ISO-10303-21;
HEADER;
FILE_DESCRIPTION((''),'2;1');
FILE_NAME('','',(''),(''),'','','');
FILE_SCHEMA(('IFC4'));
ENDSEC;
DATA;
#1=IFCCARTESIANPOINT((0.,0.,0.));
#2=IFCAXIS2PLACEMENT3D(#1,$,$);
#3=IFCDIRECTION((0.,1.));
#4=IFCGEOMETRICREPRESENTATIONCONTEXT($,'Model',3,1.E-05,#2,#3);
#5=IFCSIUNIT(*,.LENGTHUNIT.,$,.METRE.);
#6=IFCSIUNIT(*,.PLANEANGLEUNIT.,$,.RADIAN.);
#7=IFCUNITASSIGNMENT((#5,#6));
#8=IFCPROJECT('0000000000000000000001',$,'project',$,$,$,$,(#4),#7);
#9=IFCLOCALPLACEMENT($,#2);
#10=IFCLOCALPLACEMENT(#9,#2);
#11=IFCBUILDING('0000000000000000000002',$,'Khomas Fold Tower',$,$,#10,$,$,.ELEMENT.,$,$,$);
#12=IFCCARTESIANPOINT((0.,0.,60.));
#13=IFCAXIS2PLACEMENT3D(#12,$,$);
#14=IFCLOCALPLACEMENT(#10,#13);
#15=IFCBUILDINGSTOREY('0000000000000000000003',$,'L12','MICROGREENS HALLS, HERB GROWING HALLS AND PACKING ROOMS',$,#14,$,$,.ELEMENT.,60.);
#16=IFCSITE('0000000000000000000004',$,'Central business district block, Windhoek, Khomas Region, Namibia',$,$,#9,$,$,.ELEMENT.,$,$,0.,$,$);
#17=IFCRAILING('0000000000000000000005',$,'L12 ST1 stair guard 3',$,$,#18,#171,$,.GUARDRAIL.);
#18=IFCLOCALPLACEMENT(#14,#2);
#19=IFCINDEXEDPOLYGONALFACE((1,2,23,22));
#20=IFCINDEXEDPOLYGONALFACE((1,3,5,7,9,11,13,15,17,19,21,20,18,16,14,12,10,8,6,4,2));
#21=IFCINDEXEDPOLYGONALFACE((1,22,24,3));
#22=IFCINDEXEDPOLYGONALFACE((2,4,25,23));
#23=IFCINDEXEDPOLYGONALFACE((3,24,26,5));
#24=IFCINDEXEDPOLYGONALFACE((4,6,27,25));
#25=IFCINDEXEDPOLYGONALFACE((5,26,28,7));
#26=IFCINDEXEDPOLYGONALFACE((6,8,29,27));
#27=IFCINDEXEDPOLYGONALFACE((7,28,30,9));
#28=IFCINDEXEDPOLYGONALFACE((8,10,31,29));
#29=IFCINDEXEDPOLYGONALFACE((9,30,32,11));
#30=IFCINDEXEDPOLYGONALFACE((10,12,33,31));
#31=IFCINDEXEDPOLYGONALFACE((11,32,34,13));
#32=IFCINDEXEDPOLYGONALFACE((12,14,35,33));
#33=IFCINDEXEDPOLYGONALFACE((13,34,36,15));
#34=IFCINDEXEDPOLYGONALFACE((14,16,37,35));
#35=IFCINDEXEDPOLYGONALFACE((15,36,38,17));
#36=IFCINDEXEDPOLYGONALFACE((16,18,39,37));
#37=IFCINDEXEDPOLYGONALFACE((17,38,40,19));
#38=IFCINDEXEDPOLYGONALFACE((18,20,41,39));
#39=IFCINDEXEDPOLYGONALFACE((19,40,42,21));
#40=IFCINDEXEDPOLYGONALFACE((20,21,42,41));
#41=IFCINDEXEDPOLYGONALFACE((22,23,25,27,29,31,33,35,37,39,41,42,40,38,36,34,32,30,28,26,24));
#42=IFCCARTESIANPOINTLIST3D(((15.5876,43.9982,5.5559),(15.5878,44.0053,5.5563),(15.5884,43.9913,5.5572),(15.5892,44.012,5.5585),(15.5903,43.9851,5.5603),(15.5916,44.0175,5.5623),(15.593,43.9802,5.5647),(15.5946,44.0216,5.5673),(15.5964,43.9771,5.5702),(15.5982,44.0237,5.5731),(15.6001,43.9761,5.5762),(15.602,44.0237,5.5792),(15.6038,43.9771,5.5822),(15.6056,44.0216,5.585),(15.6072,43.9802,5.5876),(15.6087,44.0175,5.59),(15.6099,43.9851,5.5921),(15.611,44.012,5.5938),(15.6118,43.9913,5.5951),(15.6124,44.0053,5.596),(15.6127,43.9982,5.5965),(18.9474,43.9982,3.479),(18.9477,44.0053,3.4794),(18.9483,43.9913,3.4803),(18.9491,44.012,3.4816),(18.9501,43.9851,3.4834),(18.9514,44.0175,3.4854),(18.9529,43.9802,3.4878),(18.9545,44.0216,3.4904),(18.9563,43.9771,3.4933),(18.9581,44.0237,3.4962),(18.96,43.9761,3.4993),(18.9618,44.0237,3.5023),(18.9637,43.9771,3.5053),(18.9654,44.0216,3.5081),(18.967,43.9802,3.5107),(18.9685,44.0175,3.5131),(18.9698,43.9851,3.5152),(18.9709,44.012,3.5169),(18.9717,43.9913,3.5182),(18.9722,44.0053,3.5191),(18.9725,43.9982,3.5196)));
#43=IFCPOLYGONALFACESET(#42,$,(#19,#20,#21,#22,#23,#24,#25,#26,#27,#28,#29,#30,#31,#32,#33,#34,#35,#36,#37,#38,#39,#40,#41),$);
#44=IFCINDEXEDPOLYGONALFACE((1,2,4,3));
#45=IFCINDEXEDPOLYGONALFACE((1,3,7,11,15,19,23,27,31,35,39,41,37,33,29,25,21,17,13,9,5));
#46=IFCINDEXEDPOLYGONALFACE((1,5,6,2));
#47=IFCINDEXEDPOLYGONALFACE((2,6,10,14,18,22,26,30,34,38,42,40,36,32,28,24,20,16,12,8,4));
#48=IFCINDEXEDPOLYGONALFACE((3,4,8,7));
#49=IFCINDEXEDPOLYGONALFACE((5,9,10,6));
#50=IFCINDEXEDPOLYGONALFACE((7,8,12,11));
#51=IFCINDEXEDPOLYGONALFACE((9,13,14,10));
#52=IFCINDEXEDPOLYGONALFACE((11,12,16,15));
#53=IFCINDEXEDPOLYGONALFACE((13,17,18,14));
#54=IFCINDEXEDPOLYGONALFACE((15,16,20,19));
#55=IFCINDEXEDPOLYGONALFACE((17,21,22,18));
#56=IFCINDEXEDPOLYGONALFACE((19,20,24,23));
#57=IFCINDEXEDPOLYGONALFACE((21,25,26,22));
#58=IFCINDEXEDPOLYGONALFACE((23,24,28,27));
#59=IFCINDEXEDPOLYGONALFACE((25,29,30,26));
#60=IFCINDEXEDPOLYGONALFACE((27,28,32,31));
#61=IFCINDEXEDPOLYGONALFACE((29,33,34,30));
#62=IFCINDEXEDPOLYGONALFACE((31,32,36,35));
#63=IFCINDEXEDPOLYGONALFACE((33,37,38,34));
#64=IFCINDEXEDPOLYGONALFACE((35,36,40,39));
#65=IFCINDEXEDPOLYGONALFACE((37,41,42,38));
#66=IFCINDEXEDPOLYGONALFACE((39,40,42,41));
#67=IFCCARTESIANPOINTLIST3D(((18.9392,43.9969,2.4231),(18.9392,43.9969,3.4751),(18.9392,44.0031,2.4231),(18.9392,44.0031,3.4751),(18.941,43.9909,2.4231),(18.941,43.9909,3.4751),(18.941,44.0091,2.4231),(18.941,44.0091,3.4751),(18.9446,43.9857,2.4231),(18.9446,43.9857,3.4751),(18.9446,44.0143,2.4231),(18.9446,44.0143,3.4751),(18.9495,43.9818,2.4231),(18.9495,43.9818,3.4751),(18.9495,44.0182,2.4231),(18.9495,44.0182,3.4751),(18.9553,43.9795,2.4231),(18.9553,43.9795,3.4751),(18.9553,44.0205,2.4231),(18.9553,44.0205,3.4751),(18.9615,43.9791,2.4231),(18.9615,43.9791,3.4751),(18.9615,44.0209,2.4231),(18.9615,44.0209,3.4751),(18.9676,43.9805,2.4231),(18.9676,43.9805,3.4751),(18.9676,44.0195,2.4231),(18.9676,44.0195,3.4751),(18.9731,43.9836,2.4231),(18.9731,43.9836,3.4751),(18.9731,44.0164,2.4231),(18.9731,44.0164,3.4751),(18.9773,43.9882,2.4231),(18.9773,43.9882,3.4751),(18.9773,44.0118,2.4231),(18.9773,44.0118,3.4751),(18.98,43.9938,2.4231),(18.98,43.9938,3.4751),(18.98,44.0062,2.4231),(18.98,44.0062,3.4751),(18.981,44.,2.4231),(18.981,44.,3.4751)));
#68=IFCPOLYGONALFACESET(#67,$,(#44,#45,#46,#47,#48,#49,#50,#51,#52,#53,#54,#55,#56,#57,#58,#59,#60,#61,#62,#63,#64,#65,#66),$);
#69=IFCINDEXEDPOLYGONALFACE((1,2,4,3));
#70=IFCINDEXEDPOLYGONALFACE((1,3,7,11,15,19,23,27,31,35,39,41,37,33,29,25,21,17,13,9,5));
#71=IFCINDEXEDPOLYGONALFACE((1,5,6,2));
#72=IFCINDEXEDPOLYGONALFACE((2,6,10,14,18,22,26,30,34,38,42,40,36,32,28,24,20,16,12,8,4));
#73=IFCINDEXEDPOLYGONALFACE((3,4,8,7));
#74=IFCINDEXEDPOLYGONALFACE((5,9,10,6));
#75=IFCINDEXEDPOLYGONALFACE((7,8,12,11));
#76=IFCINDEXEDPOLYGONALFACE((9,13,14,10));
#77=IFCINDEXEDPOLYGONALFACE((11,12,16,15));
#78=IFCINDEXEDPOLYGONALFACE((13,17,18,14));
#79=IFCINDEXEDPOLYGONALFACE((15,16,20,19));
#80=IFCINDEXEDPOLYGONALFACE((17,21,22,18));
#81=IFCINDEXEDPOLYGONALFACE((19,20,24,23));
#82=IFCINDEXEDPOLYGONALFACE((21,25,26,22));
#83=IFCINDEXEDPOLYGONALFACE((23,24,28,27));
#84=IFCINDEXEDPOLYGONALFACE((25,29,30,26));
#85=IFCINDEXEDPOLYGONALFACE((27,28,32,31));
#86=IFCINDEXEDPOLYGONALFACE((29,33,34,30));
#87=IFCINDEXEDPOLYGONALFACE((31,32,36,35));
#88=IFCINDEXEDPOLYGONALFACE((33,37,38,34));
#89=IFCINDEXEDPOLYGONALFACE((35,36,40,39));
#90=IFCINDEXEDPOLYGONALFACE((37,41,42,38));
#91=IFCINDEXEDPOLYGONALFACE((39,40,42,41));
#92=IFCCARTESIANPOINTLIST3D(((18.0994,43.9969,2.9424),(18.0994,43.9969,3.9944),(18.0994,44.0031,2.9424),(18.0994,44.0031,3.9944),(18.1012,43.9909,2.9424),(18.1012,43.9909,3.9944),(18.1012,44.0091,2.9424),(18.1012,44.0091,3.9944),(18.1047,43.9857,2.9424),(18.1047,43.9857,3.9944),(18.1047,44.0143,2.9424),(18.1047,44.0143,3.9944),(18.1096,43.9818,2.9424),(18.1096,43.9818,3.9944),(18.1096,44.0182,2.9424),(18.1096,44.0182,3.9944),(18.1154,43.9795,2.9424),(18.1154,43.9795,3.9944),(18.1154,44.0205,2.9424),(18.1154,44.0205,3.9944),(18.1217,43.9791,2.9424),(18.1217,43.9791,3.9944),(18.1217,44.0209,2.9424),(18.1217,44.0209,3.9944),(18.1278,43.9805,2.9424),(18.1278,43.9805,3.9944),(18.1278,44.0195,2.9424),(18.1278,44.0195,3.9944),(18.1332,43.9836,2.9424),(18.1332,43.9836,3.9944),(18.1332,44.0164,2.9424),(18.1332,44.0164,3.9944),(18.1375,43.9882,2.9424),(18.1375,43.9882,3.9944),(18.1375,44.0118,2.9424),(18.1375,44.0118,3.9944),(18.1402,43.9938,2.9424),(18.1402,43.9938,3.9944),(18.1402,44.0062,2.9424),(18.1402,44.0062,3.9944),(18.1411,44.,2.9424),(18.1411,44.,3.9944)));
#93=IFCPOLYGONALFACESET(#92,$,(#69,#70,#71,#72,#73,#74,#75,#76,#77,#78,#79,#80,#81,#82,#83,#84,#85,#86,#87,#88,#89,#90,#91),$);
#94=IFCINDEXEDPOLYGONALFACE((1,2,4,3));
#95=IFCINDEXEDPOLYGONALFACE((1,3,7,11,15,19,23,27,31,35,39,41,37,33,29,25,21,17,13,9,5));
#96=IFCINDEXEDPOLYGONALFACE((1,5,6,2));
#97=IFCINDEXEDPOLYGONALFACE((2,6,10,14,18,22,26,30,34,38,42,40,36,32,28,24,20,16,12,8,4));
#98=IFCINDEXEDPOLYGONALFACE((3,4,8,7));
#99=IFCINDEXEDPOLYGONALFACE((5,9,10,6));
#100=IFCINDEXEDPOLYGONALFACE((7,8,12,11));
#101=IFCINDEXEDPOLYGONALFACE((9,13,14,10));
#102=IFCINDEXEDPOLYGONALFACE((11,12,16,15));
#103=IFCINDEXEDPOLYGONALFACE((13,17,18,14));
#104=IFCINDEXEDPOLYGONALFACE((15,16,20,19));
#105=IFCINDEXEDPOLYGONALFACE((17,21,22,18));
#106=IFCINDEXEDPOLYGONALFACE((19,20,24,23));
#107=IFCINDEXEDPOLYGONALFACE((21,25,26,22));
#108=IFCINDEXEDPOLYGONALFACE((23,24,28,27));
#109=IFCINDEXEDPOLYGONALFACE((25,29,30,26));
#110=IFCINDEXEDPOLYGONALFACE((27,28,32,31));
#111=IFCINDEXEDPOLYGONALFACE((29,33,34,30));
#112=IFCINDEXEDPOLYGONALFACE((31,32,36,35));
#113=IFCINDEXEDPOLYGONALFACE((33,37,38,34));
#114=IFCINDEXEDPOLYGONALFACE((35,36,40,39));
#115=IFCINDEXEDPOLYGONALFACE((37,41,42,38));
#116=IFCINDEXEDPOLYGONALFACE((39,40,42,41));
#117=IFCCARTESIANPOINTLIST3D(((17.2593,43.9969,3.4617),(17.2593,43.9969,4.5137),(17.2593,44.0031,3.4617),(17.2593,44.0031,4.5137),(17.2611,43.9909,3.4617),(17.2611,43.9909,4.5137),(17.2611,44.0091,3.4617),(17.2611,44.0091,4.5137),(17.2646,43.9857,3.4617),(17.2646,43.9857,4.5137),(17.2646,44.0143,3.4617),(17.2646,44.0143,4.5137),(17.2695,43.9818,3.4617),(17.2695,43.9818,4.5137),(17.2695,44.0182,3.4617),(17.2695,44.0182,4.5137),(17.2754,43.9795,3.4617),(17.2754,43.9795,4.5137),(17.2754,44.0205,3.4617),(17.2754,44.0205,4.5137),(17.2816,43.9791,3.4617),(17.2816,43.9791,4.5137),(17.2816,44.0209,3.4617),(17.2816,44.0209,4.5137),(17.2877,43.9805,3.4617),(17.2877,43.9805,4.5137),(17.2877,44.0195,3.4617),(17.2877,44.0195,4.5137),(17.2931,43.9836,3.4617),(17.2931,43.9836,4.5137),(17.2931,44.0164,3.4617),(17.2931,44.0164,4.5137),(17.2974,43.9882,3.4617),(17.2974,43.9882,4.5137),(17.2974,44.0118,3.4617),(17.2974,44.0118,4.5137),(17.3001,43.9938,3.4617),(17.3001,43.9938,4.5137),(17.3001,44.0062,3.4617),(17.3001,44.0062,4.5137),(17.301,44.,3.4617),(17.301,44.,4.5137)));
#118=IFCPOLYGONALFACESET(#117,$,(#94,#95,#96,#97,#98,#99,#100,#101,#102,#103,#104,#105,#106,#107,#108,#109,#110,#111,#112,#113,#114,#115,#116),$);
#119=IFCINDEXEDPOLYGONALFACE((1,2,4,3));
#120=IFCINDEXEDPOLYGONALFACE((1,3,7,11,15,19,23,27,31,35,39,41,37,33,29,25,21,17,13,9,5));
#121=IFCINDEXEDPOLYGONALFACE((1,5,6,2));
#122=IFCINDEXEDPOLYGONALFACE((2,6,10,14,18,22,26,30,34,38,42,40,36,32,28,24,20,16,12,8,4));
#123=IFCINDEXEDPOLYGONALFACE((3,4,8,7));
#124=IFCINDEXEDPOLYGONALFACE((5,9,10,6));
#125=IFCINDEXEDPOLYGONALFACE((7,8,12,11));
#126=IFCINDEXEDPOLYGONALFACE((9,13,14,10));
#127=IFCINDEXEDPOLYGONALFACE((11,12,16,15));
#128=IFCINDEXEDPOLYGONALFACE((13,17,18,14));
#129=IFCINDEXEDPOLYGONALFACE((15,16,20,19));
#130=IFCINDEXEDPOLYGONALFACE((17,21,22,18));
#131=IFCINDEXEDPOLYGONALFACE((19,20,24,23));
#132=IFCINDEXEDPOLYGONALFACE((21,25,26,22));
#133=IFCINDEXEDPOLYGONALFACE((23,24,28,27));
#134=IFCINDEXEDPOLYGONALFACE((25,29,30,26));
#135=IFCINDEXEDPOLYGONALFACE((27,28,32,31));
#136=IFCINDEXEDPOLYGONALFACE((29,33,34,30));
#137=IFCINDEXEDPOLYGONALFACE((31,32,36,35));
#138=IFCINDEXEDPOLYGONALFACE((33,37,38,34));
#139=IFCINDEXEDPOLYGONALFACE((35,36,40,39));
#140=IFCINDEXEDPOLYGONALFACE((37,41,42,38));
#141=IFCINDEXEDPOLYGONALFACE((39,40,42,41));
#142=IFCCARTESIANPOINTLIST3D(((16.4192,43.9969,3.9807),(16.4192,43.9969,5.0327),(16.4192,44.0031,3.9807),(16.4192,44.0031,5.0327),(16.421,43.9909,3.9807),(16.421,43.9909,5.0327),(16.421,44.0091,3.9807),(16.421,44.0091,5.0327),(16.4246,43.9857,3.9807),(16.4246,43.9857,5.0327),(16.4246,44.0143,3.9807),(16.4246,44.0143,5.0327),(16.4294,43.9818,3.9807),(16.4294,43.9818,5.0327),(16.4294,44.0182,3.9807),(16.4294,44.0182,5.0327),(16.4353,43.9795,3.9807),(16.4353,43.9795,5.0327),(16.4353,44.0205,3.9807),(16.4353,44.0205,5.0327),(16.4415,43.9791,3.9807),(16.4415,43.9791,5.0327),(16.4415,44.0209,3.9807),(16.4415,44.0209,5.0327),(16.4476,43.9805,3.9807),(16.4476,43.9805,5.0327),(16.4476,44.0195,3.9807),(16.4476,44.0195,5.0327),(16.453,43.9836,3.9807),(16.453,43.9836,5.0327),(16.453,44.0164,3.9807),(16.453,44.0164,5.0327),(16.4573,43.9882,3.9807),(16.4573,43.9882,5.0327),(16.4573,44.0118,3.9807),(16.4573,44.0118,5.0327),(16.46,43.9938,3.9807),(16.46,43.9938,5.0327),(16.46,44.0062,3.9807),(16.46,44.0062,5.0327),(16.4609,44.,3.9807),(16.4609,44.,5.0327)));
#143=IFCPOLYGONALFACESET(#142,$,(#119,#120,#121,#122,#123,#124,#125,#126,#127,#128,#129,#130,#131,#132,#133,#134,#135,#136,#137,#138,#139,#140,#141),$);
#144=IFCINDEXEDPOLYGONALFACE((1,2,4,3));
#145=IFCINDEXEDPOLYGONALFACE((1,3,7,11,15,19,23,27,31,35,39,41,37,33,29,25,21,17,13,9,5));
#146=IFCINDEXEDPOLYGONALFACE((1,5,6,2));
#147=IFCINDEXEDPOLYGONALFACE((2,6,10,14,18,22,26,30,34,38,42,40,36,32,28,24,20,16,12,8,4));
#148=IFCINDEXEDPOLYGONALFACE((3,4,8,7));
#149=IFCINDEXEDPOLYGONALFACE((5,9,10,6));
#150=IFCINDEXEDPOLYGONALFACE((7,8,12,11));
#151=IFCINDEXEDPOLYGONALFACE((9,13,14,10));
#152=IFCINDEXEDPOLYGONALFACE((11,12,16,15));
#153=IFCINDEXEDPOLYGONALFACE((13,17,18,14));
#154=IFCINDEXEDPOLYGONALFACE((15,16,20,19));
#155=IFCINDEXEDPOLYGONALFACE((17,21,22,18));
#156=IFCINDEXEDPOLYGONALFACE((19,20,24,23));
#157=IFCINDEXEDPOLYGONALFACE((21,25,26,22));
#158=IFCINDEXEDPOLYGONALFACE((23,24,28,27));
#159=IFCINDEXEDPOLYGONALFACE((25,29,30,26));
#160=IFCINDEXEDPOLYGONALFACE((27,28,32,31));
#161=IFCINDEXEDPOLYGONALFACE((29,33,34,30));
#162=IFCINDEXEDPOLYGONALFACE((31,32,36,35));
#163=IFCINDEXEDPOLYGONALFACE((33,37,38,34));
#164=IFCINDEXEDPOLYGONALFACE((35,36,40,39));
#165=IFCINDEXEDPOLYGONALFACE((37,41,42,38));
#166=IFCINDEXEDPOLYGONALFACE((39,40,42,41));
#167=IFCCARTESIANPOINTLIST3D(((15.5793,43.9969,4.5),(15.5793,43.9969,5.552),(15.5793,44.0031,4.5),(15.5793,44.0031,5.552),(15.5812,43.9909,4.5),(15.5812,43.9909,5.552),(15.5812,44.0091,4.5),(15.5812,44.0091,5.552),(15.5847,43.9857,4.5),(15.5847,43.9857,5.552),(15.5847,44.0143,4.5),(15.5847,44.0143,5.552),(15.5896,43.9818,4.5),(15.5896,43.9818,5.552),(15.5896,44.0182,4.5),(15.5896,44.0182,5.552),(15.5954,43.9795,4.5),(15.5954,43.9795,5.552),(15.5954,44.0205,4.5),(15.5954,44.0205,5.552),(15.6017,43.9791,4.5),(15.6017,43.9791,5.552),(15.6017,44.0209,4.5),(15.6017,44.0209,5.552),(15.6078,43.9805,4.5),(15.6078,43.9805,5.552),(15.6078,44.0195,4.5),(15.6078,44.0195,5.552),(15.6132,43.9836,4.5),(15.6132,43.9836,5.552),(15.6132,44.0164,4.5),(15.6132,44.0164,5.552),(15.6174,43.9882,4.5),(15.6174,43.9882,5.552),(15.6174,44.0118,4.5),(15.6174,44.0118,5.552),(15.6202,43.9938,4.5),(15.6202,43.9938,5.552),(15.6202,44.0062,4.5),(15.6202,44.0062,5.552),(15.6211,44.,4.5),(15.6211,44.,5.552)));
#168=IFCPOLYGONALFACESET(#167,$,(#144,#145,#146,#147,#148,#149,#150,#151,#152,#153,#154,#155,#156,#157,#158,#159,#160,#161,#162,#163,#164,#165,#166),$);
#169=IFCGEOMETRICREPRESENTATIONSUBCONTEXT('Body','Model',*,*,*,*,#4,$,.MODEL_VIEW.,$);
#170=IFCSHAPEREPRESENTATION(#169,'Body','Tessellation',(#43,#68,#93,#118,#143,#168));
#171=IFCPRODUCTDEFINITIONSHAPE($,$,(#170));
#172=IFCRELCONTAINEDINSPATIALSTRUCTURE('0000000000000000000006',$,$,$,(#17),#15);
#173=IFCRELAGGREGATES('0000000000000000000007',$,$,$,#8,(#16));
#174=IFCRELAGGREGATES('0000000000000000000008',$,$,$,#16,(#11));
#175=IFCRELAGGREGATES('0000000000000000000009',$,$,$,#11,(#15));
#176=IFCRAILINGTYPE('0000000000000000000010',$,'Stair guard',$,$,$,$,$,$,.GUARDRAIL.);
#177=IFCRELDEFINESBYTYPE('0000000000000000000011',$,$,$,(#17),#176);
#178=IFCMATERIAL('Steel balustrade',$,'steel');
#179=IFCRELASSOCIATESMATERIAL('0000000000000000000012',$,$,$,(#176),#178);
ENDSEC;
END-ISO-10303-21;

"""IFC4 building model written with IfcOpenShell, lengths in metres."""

from ifc_helpers import new_model, si_unit, direction, frame, origin, origin_2d, place, context, subcontext, project, spatial, circle, extrude, source, transform, mapped, material, type_object, element, save


model = new_model("IFC4")

# Units and contexts
model_context = context("Model", 3, precision=1e-05, world=origin(), true_north=direction((0.0, 1.0)))
body_context = subcontext(model_context, "Body", "Model", "MODEL_VIEW")
ifc_project = project(units=[si_unit("LENGTHUNIT", "METRE"), si_unit("PLANEANGLEUNIT", "RADIAN")], contexts=[model_context])

# Site, building, storey
site_placement = place(None, origin())
site = spatial("IfcSite", under=ifc_project, at=site_placement, Name="Central business district block, Windhoek, Khomas Region, Namibia", CompositionType="ELEMENT", RefElevation=0.0)
building_placement = place(site_placement, origin())
building = spatial("IfcBuilding", under=site, at=building_placement, Name="Khomas Fold Tower", CompositionType="ELEMENT")
storey_placement = place(building_placement, frame((0.0, 0.0, 60.0)))
storey = spatial("IfcBuildingStorey", under=building, at=storey_placement, Name="L12", Description="MICROGREENS HALLS, HERB GROWING HALLS AND PACKING ROOMS", CompositionType="ELEMENT", Elevation=60.0)

# Railing
ifc_material_1 = material(Name="Steel balustrade", Category="steel")
railing_type_1 = type_object("IfcRailingType", Name="Stair guard", PredefinedType="GUARDRAIL", material=ifc_material_1)
shared_shape_1 = source(origin(), body_context, "Body", "SweptSolid", [
    extrude(circle(Radius=0.0239, at=origin_2d()), frame((0.0, 0.0, 1.0762), z_axis=(-0.850606, 0.0, 0.525803), x_axis=(0.0, -1.0, 0.0)), (0.0, 0.0, 1.0), 3.95),
    extrude(circle(Radius=0.021, at=origin_2d()), origin(), (0.0, 0.0, 1.0), 1.052),
    extrude(circle(Radius=0.021, at=origin_2d()), frame((-0.8398, 0.0, 0.5193)), (0.0, 0.0, 1.0), 1.052),
    extrude(circle(Radius=0.021, at=origin_2d()), frame((-1.6799, 0.0, 1.0386)), (0.0, 0.0, 1.0), 1.052),
    extrude(circle(Radius=0.021, at=origin_2d()), frame((-2.52, 0.0, 1.5576)), (0.0, 0.0, 1.0), 1.052),
    extrude(circle(Radius=0.021, at=origin_2d()), frame((-3.3599, 0.0, 2.0769)), (0.0, 0.0, 1.0), 1.052),
])
railing_1_placement = place(storey_placement, frame((18.96, 44.0, 2.4231)))
element("IfcRailing", 1, at=railing_1_placement, inside=storey, type_object=railing_type_1, Name="L12 ST1 stair guard 3", PredefinedType="GUARDRAIL", context=body_context, shape_type="MappedRepresentation", body=[
    mapped(shared_shape_1, transform((0.0, 0.0, 0.0))),
])

save(model, "model.ifc")
